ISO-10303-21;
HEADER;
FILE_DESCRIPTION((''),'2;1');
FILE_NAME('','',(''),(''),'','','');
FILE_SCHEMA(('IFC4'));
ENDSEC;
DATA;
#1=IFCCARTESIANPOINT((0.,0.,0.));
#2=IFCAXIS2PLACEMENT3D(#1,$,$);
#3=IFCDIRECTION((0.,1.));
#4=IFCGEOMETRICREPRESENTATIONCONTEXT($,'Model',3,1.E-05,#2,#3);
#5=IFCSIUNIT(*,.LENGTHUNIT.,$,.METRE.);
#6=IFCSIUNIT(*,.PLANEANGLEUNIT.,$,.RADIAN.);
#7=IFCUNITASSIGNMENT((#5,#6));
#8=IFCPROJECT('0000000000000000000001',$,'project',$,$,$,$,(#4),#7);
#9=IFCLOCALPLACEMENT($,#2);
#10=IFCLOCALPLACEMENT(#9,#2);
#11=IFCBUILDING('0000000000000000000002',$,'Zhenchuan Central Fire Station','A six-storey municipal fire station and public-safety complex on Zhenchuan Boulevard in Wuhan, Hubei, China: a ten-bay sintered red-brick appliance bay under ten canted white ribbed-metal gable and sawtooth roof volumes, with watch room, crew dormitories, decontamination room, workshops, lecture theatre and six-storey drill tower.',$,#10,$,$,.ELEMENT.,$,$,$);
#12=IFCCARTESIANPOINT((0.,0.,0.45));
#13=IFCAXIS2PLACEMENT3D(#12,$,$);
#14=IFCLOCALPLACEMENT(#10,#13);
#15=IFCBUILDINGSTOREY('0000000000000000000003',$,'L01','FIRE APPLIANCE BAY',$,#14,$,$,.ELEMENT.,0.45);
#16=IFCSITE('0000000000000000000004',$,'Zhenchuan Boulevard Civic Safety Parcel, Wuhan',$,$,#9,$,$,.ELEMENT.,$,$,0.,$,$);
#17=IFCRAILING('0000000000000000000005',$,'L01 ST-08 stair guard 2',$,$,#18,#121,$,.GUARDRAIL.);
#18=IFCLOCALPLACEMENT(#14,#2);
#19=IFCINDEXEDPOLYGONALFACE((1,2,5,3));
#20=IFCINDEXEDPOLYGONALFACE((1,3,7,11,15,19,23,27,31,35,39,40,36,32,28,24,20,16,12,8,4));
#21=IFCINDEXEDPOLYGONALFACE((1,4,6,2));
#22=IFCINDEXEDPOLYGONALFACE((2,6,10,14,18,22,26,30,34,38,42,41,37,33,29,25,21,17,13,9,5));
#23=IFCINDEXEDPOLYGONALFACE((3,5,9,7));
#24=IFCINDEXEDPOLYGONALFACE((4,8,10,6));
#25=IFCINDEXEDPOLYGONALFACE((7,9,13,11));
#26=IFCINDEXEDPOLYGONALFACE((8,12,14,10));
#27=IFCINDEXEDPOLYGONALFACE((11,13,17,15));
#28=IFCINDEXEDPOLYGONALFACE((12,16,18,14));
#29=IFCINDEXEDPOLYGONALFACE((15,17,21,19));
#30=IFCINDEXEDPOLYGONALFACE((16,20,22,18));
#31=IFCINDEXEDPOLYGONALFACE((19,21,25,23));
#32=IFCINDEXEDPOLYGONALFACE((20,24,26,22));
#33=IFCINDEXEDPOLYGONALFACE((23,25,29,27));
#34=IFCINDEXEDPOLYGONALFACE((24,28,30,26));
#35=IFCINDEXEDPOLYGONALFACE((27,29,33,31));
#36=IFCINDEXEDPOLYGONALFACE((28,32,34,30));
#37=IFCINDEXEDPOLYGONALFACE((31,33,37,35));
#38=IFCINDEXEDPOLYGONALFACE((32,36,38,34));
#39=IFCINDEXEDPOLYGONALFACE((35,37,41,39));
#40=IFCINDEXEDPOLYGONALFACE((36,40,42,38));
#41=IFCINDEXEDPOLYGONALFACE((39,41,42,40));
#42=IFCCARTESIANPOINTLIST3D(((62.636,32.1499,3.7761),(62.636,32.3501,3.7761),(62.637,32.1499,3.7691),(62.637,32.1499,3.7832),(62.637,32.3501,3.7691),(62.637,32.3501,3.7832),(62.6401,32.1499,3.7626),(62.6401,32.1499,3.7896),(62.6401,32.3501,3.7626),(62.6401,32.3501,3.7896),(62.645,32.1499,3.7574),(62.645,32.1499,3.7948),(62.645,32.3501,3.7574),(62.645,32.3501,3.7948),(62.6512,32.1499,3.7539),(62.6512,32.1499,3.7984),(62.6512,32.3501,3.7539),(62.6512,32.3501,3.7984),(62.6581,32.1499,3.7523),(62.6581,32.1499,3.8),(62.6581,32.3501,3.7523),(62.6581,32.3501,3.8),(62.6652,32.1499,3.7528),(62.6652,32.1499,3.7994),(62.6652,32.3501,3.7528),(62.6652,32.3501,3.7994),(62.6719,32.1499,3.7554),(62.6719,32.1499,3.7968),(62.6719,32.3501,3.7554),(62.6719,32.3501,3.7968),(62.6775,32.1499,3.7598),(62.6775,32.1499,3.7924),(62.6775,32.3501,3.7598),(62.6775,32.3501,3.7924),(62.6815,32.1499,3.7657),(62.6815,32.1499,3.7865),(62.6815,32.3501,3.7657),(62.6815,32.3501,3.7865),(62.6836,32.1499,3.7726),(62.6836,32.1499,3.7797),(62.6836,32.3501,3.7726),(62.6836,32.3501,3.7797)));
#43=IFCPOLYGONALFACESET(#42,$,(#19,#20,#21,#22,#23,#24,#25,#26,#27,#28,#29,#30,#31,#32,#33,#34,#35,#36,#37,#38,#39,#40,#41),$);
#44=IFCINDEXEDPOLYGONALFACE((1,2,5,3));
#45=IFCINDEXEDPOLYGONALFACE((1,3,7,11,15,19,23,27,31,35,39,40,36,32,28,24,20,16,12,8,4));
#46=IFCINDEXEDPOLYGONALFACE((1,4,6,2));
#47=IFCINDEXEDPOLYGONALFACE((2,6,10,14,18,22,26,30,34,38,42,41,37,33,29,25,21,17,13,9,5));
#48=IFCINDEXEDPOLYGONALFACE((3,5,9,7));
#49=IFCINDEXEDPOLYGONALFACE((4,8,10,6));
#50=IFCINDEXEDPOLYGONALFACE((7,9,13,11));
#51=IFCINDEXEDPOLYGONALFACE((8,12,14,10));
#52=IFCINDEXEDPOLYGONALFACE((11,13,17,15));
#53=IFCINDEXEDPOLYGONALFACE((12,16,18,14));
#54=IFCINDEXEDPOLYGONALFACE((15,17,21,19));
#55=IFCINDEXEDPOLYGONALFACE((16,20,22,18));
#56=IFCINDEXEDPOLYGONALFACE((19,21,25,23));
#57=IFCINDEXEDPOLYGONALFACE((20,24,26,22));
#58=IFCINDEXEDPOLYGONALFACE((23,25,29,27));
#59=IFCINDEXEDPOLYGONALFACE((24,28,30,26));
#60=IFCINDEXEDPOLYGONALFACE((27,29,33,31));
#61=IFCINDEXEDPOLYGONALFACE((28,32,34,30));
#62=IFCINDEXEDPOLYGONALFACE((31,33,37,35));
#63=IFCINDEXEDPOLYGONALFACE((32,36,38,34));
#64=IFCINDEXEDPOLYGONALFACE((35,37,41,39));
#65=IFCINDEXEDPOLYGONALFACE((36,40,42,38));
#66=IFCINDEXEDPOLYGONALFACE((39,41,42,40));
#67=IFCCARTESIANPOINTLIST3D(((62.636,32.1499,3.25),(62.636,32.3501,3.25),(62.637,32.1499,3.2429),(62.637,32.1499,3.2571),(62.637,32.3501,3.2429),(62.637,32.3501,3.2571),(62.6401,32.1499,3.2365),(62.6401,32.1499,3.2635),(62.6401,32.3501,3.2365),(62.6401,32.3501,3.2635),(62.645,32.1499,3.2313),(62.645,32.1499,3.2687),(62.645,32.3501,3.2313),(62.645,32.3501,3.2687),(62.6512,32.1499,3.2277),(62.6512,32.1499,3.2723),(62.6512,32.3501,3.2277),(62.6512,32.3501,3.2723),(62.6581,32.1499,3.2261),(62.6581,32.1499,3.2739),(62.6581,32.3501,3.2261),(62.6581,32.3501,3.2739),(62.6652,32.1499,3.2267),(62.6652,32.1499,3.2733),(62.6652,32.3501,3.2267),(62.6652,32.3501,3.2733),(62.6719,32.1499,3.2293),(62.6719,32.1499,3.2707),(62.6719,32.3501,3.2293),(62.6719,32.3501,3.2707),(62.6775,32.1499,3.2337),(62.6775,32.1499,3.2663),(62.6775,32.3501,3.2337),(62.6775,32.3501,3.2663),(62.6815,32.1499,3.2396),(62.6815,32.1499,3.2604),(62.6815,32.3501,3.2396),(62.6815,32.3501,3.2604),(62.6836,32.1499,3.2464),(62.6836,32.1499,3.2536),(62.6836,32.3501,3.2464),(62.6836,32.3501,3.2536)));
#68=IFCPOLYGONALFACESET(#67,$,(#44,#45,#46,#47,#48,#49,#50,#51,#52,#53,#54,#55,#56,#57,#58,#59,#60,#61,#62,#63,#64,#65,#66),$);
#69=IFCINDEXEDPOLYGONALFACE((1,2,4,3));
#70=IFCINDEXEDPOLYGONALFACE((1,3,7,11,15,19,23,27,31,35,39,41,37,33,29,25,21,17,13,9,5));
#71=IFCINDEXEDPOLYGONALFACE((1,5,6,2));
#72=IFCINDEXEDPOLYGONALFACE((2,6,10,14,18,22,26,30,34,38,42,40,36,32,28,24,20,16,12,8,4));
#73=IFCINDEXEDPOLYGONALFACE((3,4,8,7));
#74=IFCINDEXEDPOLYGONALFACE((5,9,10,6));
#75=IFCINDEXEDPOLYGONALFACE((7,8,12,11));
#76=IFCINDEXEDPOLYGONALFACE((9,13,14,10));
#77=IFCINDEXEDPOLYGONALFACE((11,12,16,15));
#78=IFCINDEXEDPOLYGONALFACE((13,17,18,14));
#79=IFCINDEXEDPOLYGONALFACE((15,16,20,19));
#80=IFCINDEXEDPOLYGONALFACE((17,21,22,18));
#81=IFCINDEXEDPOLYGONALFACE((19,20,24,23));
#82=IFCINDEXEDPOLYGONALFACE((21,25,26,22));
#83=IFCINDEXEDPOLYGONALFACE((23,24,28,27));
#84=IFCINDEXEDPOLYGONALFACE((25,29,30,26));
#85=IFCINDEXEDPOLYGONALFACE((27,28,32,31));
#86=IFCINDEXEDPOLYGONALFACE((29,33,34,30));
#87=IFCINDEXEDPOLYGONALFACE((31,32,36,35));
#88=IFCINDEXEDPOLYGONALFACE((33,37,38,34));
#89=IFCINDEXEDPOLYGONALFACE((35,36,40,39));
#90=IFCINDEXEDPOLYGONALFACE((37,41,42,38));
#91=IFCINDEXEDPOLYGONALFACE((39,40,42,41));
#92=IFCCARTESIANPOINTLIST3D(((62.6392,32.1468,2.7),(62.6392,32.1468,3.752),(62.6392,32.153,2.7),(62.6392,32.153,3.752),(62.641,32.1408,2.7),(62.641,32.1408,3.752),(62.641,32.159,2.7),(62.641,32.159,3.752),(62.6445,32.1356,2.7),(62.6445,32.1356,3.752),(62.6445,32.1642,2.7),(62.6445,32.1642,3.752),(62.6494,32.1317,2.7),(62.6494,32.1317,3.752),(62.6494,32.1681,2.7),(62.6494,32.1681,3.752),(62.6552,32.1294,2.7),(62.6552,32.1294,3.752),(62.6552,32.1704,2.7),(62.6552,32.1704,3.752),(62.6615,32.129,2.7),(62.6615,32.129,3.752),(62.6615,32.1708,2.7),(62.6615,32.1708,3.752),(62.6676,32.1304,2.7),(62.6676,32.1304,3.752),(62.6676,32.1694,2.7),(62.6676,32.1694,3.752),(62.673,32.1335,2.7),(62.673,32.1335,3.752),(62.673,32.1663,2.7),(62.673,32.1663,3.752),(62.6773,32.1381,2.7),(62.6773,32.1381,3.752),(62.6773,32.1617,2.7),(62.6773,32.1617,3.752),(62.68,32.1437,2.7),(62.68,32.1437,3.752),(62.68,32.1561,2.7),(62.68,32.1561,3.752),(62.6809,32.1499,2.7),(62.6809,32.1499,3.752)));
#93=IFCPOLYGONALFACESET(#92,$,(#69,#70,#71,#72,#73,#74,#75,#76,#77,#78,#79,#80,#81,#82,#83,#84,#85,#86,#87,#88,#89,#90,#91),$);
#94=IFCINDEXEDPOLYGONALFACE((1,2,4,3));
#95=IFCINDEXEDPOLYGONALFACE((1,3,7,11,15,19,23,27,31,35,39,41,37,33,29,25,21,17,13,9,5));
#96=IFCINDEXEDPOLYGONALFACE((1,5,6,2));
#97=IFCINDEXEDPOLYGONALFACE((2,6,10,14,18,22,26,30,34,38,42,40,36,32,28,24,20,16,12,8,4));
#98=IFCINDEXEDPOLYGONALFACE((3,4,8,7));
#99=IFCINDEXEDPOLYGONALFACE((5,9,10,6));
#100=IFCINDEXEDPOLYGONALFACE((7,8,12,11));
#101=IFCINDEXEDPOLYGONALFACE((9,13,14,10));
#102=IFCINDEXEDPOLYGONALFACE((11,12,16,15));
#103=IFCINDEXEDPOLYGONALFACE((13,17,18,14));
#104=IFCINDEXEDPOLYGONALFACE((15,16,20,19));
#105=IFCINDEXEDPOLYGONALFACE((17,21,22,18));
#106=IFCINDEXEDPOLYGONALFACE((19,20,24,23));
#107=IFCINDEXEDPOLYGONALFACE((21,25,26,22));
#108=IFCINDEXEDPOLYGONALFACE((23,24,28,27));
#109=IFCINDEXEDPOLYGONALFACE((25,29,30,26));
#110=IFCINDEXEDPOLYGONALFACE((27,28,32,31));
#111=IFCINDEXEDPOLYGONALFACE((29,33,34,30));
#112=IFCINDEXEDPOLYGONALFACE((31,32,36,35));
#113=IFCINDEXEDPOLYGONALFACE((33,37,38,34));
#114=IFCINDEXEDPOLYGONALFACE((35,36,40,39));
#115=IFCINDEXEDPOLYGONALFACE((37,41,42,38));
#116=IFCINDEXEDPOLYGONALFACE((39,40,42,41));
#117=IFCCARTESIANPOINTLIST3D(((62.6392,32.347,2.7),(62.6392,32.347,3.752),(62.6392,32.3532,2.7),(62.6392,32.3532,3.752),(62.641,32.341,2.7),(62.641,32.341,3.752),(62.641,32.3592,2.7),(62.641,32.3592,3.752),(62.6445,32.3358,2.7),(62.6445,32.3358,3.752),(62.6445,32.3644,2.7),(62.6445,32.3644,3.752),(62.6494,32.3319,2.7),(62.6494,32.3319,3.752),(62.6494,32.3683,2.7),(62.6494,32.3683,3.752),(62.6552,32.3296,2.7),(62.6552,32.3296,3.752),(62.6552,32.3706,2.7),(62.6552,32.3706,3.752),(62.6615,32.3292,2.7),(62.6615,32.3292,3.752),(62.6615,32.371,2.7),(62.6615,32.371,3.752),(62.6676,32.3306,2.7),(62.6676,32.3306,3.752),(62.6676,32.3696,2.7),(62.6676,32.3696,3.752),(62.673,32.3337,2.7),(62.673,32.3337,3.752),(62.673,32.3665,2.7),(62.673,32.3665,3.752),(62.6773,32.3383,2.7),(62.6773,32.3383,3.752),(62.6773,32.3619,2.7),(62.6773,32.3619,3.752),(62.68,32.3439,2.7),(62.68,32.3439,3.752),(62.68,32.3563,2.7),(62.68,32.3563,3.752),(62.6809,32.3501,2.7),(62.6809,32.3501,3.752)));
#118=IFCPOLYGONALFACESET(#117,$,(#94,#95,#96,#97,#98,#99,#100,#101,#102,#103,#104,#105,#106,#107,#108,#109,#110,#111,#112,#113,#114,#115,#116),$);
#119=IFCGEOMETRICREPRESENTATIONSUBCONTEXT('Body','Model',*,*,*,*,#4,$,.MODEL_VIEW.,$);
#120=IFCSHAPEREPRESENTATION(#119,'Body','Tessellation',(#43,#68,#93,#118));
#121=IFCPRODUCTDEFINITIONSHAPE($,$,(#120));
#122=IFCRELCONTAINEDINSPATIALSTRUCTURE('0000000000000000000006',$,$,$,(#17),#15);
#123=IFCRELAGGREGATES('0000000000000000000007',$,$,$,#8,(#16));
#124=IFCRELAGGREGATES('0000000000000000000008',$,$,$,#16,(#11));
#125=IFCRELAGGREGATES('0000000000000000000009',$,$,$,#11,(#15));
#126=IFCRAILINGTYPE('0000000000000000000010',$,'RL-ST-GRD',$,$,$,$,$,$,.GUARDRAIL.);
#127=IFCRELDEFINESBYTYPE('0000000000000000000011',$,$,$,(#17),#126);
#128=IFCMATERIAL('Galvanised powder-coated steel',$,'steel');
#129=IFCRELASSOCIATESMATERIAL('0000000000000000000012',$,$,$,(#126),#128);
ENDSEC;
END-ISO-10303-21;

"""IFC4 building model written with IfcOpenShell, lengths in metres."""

from ifc_helpers import new_model, si_unit, direction, frame, origin, origin_2d, place, context, subcontext, project, spatial, circle, extrude, material, type_object, element, save


model = new_model("IFC4")

# Units and contexts
model_context = context("Model", 3, precision=1e-05, world=origin(), true_north=direction((0.0, 1.0)))
body_context = subcontext(model_context, "Body", "Model", "MODEL_VIEW")
ifc_project = project(units=[si_unit("LENGTHUNIT", "METRE"), si_unit("PLANEANGLEUNIT", "RADIAN")], contexts=[model_context])

# Site, building, storey
site_placement = place(None, origin())
site = spatial("IfcSite", under=ifc_project, at=site_placement, Name="Zhenchuan Boulevard Civic Safety Parcel, Wuhan", CompositionType="ELEMENT", RefElevation=0.0)
building_placement = place(site_placement, origin())
building = spatial("IfcBuilding", under=site, at=building_placement, Name="Zhenchuan Central Fire Station", Description="A six-storey municipal fire station and public-safety complex on Zhenchuan Boulevard in Wuhan, Hubei, China: a ten-bay sintered red-brick appliance bay under ten canted white ribbed-metal gable and sawtooth roof volumes, with watch room, crew dormitories, decontamination room, workshops, lecture theatre and six-storey drill tower.", CompositionType="ELEMENT")
storey_placement = place(building_placement, frame((0.0, 0.0, 0.45)))
storey = spatial("IfcBuildingStorey", under=building, at=storey_placement, Name="L01", Description="FIRE APPLIANCE BAY", CompositionType="ELEMENT", Elevation=0.45)

# Railing
ifc_material_1 = material(Name="Galvanised powder-coated steel", Category="steel")
railing_type_1 = type_object("IfcRailingType", Name="RL-ST-GRD", PredefinedType="GUARDRAIL", material=ifc_material_1)
railing_1_placement = place(storey_placement, frame((62.6599, 32.1499, 2.7)))
element("IfcRailing", 1, at=railing_1_placement, inside=storey, type_object=railing_type_1, Name="L01 ST-08 stair guard 2", PredefinedType="GUARDRAIL", context=body_context, shape_type="SweptSolid", body=[
    extrude(circle(Radius=0.0239, at=origin_2d()), frame((0.0, 0.0, 1.0762), z_axis=(0.0, 1.0, 0.0), x_axis=(-1.0, 0.0, 0.0)), (0.0, 0.0, 1.0), 0.2002),
    extrude(circle(Radius=0.0239, at=origin_2d()), frame((0.0, 0.0, 0.55), z_axis=(0.0, 1.0, 0.0), x_axis=(-1.0, 0.0, 0.0)), (0.0, 0.0, 1.0), 0.2002),
    extrude(circle(Radius=0.021, at=origin_2d()), origin(), (0.0, 0.0, 1.0), 1.052),
    extrude(circle(Radius=0.021, at=origin_2d()), frame((0.0, 0.2002, 0.0)), (0.0, 0.0, 1.0), 1.052),
])

save(model, "model.ifc")
